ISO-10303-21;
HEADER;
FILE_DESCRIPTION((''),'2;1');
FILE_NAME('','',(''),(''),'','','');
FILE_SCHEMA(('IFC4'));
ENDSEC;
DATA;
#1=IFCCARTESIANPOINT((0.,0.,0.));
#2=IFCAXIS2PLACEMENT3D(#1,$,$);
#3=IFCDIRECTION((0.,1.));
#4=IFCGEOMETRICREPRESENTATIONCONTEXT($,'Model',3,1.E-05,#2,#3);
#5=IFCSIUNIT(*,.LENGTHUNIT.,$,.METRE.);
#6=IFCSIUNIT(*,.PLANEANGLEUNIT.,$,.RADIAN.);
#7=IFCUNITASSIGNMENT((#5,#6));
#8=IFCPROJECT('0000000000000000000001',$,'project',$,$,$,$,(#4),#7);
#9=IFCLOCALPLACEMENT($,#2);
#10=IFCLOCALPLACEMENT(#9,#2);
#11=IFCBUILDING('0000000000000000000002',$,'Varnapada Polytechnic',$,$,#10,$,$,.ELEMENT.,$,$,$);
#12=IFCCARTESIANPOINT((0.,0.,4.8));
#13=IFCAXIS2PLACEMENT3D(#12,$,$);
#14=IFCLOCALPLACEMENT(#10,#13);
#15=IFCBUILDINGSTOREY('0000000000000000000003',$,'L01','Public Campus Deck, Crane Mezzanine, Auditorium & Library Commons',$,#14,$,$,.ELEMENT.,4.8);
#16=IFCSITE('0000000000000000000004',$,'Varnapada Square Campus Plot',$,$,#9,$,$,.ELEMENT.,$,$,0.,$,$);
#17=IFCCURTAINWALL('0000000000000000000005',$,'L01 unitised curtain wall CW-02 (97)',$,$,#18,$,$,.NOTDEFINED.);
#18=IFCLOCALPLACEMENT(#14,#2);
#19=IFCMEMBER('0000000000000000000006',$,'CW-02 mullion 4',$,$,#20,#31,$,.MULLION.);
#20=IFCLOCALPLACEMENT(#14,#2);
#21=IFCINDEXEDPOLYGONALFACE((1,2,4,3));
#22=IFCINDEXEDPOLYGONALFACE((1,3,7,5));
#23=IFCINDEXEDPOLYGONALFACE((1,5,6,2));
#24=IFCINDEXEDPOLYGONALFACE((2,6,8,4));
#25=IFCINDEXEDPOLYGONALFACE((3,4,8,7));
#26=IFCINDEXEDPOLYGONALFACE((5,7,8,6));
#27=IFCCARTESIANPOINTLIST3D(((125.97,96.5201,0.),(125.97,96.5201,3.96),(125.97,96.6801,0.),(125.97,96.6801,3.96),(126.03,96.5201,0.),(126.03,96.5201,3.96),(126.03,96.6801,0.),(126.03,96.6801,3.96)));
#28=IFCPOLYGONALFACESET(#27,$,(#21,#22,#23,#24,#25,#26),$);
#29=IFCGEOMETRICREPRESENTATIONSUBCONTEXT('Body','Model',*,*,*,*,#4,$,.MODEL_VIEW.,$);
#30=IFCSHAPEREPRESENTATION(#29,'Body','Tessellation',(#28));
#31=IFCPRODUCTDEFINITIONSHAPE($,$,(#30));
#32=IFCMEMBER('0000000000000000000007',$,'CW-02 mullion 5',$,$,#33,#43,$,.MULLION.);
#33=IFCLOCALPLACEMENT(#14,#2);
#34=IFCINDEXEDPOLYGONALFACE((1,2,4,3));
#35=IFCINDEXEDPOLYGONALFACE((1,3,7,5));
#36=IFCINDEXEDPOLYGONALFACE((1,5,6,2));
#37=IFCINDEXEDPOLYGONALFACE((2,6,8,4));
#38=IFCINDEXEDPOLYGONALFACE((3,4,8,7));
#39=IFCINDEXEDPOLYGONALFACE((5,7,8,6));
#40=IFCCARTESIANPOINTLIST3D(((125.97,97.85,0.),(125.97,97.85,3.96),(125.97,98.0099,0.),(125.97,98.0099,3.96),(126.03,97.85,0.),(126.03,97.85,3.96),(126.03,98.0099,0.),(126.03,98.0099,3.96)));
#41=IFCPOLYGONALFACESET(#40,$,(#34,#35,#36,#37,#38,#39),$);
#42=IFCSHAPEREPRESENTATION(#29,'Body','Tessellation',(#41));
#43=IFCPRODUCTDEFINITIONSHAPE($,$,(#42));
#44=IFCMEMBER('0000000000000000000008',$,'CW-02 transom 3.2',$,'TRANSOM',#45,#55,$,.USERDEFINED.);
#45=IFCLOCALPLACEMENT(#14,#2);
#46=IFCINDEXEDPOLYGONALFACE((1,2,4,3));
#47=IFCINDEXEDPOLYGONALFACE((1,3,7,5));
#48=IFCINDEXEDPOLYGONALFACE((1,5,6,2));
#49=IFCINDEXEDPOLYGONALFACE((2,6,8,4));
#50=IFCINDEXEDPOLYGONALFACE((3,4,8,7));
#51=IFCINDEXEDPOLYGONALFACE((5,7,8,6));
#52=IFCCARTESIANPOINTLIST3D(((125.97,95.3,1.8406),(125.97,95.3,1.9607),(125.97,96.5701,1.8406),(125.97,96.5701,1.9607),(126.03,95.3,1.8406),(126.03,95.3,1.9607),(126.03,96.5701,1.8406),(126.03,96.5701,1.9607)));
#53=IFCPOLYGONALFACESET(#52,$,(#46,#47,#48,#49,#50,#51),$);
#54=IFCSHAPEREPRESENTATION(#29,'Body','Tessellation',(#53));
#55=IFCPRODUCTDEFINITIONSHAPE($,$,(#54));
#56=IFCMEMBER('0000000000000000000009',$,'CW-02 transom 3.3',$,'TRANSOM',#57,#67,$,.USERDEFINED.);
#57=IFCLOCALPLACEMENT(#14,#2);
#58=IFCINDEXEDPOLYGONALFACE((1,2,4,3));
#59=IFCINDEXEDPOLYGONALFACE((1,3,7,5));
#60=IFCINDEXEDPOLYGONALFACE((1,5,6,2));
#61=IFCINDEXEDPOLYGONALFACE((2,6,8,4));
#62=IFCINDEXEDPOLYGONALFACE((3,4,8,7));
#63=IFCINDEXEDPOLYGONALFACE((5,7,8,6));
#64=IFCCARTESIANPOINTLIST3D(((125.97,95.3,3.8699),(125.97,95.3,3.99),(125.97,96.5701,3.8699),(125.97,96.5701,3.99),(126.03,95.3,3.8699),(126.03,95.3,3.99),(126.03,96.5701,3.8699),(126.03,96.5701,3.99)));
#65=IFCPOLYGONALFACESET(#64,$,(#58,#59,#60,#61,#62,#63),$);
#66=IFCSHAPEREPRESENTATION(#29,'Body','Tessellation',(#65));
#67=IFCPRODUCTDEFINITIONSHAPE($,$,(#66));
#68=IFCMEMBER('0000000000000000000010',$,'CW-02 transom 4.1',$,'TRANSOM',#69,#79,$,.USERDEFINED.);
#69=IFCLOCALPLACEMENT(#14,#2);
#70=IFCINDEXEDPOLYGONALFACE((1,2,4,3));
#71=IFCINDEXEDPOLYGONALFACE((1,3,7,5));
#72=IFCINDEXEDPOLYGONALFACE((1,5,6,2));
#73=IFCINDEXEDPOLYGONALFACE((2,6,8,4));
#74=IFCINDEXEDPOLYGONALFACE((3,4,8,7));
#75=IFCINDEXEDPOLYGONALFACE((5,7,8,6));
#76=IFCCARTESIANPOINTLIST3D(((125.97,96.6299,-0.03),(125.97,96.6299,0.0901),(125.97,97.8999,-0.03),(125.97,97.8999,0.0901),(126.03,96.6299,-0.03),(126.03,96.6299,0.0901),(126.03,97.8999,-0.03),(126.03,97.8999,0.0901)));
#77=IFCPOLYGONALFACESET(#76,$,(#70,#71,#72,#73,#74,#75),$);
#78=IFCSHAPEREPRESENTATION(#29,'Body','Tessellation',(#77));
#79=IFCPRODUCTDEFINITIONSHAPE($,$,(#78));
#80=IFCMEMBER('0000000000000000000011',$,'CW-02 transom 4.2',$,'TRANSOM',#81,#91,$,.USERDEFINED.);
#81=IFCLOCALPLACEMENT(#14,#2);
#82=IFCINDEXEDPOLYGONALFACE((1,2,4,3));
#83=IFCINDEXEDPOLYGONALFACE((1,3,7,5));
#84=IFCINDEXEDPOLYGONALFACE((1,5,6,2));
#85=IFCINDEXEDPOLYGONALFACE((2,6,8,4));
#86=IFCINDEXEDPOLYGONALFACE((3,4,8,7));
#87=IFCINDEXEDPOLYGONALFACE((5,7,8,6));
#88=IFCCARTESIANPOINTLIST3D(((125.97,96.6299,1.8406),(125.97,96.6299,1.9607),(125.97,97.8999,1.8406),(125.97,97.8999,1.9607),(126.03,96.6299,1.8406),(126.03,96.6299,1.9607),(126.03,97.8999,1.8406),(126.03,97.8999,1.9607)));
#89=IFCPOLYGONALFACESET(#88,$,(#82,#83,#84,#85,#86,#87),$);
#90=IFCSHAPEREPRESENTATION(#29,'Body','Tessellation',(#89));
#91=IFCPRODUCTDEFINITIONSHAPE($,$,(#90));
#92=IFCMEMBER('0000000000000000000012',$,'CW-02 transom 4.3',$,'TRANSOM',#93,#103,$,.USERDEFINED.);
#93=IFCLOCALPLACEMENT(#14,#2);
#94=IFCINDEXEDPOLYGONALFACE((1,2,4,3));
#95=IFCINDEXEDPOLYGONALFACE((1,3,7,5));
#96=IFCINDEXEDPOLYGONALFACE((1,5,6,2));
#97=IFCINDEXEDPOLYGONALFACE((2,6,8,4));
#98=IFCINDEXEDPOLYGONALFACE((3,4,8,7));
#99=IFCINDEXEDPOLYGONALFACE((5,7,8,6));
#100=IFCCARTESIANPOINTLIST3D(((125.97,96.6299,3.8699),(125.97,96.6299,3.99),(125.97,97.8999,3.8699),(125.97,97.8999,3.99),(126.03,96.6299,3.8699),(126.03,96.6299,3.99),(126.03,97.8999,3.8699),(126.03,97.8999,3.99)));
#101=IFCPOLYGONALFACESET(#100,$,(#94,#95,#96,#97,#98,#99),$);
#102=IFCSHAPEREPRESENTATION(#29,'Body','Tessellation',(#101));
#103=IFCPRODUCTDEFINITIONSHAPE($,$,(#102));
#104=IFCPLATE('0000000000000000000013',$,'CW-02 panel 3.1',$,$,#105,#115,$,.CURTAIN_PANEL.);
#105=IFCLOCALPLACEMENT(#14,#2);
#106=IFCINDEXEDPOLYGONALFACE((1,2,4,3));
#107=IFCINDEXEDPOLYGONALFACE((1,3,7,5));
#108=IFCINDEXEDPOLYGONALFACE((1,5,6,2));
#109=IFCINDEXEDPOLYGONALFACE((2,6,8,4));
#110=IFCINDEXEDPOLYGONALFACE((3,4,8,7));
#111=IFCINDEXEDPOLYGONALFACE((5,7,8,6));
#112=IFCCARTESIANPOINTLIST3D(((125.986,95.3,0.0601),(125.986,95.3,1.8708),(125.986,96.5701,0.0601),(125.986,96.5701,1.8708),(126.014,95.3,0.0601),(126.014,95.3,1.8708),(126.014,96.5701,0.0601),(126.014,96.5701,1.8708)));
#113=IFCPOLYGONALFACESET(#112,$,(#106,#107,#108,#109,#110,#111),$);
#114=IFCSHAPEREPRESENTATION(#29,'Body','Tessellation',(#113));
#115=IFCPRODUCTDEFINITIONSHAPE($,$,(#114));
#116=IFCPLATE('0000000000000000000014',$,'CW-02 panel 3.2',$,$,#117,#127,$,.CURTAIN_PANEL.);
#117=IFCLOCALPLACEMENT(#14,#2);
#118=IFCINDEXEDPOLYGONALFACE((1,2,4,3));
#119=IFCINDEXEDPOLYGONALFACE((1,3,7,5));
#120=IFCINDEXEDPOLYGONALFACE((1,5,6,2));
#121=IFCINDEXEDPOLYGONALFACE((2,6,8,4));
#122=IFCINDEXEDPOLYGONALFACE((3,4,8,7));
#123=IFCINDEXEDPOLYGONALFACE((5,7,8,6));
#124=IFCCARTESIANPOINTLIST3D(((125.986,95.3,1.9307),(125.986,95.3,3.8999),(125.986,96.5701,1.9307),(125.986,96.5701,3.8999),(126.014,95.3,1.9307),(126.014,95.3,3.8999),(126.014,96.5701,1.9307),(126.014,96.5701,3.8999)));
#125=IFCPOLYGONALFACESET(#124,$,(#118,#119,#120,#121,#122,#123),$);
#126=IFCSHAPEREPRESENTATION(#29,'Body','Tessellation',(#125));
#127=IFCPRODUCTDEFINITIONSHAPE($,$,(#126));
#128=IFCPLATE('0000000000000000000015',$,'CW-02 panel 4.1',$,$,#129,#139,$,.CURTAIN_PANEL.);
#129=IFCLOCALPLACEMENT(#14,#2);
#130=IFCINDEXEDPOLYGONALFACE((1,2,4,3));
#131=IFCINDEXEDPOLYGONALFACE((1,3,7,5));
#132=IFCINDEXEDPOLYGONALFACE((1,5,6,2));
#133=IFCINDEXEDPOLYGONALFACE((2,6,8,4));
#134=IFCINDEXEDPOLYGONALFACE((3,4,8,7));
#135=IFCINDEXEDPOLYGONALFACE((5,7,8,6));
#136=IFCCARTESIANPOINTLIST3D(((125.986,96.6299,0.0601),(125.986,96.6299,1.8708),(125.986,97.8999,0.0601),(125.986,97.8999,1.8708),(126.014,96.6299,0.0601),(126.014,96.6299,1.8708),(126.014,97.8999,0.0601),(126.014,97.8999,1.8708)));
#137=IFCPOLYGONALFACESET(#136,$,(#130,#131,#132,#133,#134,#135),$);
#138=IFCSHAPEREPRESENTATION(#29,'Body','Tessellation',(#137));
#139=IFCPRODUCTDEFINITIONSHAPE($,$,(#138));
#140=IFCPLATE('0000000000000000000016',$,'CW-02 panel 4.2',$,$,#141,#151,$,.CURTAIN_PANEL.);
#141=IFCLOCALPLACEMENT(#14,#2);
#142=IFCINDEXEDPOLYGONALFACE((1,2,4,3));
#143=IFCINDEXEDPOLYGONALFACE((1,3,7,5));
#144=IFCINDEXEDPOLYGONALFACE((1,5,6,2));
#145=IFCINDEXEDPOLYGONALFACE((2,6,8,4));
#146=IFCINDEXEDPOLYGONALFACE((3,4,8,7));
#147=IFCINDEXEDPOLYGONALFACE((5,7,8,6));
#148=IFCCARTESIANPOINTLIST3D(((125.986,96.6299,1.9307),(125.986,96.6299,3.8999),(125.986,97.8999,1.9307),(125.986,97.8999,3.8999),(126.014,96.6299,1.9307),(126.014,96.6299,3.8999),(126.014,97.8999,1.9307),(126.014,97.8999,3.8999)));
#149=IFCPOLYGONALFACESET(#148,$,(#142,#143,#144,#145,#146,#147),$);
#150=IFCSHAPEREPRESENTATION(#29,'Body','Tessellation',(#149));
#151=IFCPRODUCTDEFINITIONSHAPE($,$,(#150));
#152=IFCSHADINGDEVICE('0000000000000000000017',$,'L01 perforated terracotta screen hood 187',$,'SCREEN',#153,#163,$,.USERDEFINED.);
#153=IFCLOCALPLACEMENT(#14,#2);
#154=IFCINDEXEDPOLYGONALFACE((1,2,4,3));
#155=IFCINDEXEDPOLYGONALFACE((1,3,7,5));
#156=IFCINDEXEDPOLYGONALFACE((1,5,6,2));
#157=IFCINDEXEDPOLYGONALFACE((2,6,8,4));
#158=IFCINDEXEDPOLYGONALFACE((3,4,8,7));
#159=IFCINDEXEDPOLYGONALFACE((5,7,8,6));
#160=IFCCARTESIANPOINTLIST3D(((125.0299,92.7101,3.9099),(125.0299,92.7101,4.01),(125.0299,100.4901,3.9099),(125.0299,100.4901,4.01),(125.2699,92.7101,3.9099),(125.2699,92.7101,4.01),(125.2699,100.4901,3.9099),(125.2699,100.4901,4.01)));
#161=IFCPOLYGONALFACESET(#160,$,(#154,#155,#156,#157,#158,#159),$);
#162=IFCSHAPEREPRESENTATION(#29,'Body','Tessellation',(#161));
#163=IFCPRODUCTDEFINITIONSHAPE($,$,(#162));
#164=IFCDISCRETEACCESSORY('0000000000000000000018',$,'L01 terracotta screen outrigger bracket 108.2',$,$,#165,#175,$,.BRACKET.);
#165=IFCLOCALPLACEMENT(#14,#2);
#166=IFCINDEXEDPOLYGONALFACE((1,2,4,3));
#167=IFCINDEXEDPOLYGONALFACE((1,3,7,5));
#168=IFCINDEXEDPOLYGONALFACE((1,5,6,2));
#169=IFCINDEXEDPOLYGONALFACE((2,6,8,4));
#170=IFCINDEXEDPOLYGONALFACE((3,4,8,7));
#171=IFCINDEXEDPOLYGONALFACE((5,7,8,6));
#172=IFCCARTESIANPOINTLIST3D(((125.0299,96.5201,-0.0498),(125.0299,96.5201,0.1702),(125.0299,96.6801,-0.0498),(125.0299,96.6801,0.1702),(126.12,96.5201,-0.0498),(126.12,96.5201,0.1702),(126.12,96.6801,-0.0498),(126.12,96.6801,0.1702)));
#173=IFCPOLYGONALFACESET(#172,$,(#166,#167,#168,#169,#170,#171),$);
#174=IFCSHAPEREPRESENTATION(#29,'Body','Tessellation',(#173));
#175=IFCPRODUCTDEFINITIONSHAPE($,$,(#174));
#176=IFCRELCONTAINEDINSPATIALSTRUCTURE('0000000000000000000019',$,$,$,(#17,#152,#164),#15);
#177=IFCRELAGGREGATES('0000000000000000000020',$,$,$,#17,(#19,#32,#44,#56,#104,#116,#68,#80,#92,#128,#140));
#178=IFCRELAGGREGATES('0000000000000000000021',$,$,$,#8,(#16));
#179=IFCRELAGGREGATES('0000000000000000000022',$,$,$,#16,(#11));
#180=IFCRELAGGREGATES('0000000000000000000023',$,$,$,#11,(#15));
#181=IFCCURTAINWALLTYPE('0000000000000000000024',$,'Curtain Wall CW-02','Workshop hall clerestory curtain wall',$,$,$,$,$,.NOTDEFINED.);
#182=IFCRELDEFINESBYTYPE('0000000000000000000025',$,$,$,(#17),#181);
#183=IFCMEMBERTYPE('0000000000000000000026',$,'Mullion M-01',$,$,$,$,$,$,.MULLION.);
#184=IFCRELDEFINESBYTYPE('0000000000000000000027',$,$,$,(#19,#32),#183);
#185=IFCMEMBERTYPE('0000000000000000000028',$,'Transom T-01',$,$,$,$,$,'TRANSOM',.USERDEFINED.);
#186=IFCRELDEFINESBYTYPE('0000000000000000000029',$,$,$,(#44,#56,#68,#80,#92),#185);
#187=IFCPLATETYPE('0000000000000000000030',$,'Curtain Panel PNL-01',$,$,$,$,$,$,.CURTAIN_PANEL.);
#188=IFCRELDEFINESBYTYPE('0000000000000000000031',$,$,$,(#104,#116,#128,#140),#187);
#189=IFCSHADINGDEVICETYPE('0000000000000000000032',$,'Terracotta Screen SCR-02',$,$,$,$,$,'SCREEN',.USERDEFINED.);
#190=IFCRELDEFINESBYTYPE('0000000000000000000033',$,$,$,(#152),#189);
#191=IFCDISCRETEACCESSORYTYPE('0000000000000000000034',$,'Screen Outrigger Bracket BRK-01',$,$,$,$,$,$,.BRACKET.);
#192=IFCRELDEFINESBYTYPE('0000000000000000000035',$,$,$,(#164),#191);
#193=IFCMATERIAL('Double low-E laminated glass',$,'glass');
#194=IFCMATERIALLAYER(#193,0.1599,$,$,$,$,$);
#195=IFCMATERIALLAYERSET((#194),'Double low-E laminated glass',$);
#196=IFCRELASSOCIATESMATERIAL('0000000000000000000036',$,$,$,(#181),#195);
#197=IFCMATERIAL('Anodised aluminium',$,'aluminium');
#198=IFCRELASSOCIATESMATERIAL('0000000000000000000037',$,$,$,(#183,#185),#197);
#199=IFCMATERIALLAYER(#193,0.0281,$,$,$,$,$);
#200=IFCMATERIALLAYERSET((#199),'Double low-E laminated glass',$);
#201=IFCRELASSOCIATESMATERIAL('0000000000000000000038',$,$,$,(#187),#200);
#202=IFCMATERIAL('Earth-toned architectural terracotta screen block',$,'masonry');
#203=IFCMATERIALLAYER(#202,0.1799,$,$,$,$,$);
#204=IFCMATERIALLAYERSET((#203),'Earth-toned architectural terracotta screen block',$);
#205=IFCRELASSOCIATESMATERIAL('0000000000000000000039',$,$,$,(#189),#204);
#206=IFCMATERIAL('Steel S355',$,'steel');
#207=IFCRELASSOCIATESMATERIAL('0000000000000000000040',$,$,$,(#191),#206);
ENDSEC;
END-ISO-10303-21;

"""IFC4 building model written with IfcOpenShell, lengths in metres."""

from ifc_helpers import new_model, si_unit, direction, frame, origin, origin_2d, place, context, subcontext, project, spatial, rectangle, extrude, material, layer, layer_set, material_profile, profile_set, type_object, element, aggregate, save


model = new_model("IFC4")

# Units and contexts
model_context = context("Model", 3, precision=1e-05, world=origin(), true_north=direction((0.0, 1.0)))
body_context = subcontext(model_context, "Body", "Model", "MODEL_VIEW")
ifc_project = project(units=[si_unit("LENGTHUNIT", "METRE"), si_unit("PLANEANGLEUNIT", "RADIAN")], contexts=[model_context])

# Site, building, storey
site_placement = place(None, origin())
site = spatial("IfcSite", under=ifc_project, at=site_placement, Name="Varnapada Square Campus Plot", CompositionType="ELEMENT", RefElevation=0.0)
building_placement = place(site_placement, origin())
building = spatial("IfcBuilding", under=site, at=building_placement, Name="Varnapada Polytechnic", CompositionType="ELEMENT")
storey_placement = place(building_placement, frame((0.0, 0.0, 4.8)))
storey = spatial("IfcBuildingStorey", under=building, at=storey_placement, Name="L01", Description="Public Campus Deck, Crane Mezzanine, Auditorium & Library Commons", CompositionType="ELEMENT", Elevation=4.8)

# Curtain wall, members, plates
ifc_material_1 = material(Name="Double low-E laminated glass", Category="glass")
ifc_layer_1 = layer(ifc_material_1, 0.1599)
ifc_layer_set_1 = layer_set([ifc_layer_1], Name="Double low-E laminated glass")
curtain_wall_type = type_object("IfcCurtainWallType", Name="Curtain Wall CW-02", Description="Workshop hall clerestory curtain wall", PredefinedType="NOTDEFINED", material=ifc_layer_set_1)
curtain_wall_placement = place(storey_placement, origin())
curtain_wall = element("IfcCurtainWall", 1, at=curtain_wall_placement, inside=storey, type_object=curtain_wall_type, Name="L01 unitised curtain wall CW-02 (97)", PredefinedType="NOTDEFINED")
ifc_material_2 = material(Name="Anodised aluminium", Category="aluminium")
ifc_material_profile_1 = material_profile(ifc_material_2, rectangle(XDim=0.0601, YDim=0.1599, at=origin_2d()), Name="ALU M60x160")
ifc_profile_set_1 = profile_set([ifc_material_profile_1], Name="Anodised aluminium")
member_type_1 = type_object("IfcMemberType", Name="Mullion M-01", PredefinedType="MULLION", material=ifc_profile_set_1)
member_1_placement = place(storey_placement, frame((126.0, 96.6001, 0.0), z_axis=(0.0, 0.0, 1.0), x_axis=(-1.0, 0.0, 0.0)))
member_1 = element("IfcMember", 2, at=member_1_placement, type_object=member_type_1, Name="CW-02 mullion 4", PredefinedType="MULLION", context=body_context, shape_type="SweptSolid", body=[
    extrude(rectangle(XDim=0.0601, YDim=0.1599, at=origin_2d()), origin(), (0.0, 0.0, 1.0), 3.96),
])
member_2_placement = place(storey_placement, frame((126.0, 97.9299, 0.0), z_axis=(0.0, 0.0, 1.0), x_axis=(-1.0, 0.0, 0.0)))
member_2 = element("IfcMember", 3, at=member_2_placement, type_object=member_type_1, Name="CW-02 mullion 5", PredefinedType="MULLION", context=body_context, shape_type="SweptSolid", body=[
    extrude(rectangle(XDim=0.0601, YDim=0.1599, at=origin_2d()), origin(), (0.0, 0.0, 1.0), 3.96),
])
ifc_material_profile_2 = material_profile(ifc_material_2, rectangle(XDim=0.0601, YDim=0.1201, at=origin_2d()), Name="ALU T60x120")
ifc_profile_set_2 = profile_set([ifc_material_profile_2], Name="Anodised aluminium")
member_type_2 = type_object("IfcMemberType", Name="Transom T-01", ElementType="TRANSOM", PredefinedType="USERDEFINED", material=ifc_profile_set_2)
member_3_placement = place(storey_placement, frame((126.0, 95.3, 1.9006), z_axis=(0.0, 1.0, 0.0), x_axis=(-1.0, 0.0, 0.0)))
member_3 = element("IfcMember", 4, at=member_3_placement, type_object=member_type_2, Name="CW-02 transom 3.2", ObjectType="TRANSOM", PredefinedType="USERDEFINED", context=body_context, shape_type="SweptSolid", body=[
    extrude(rectangle(XDim=0.0601, YDim=0.1201, at=origin_2d()), origin(), (0.0, 0.0, 1.0), 1.27),
])
member_4_placement = place(storey_placement, frame((126.0, 95.3, 3.9299), z_axis=(0.0, 1.0, 0.0), x_axis=(-1.0, 0.0, 0.0)))
member_4 = element("IfcMember", 5, at=member_4_placement, type_object=member_type_2, Name="CW-02 transom 3.3", ObjectType="TRANSOM", PredefinedType="USERDEFINED", context=body_context, shape_type="SweptSolid", body=[
    extrude(rectangle(XDim=0.0601, YDim=0.1201, at=origin_2d()), origin(), (0.0, 0.0, 1.0), 1.27),
])
member_5_placement = place(storey_placement, frame((126.0, 96.6299, 0.03), z_axis=(0.0, 1.0, 0.0), x_axis=(-1.0, 0.0, 0.0)))
member_5 = element("IfcMember", 6, at=member_5_placement, type_object=member_type_2, Name="CW-02 transom 4.1", ObjectType="TRANSOM", PredefinedType="USERDEFINED", context=body_context, shape_type="SweptSolid", body=[
    extrude(rectangle(XDim=0.0601, YDim=0.1201, at=origin_2d()), origin(), (0.0, 0.0, 1.0), 1.27),
])
member_6_placement = place(storey_placement, frame((126.0, 96.6299, 1.9006), z_axis=(0.0, 1.0, 0.0), x_axis=(-1.0, 0.0, 0.0)))
member_6 = element("IfcMember", 7, at=member_6_placement, type_object=member_type_2, Name="CW-02 transom 4.2", ObjectType="TRANSOM", PredefinedType="USERDEFINED", context=body_context, shape_type="SweptSolid", body=[
    extrude(rectangle(XDim=0.0601, YDim=0.1201, at=origin_2d()), origin(), (0.0, 0.0, 1.0), 1.27),
])
member_7_placement = place(storey_placement, frame((126.0, 96.6299, 3.9299), z_axis=(0.0, 1.0, 0.0), x_axis=(-1.0, 0.0, 0.0)))
member_7 = element("IfcMember", 8, at=member_7_placement, type_object=member_type_2, Name="CW-02 transom 4.3", ObjectType="TRANSOM", PredefinedType="USERDEFINED", context=body_context, shape_type="SweptSolid", body=[
    extrude(rectangle(XDim=0.0601, YDim=0.1201, at=origin_2d()), origin(), (0.0, 0.0, 1.0), 1.27),
])
ifc_layer_2 = layer(ifc_material_1, 0.0281)
ifc_layer_set_2 = layer_set([ifc_layer_2], Name="Double low-E laminated glass")
plate_type = type_object("IfcPlateType", Name="Curtain Panel PNL-01", PredefinedType="CURTAIN_PANEL", material=ifc_layer_set_2)
plate_1_placement = place(storey_placement, frame((126.0, 95.9351, 0.0601), z_axis=(0.0, 0.0, 1.0), x_axis=(0.0, 1.0, 0.0)))
plate_1 = element("IfcPlate", 9, at=plate_1_placement, type_object=plate_type, Name="CW-02 panel 3.1", PredefinedType="CURTAIN_PANEL", context=body_context, shape_type="SweptSolid", body=[
    extrude(rectangle(XDim=1.27, YDim=0.0281, at=origin_2d()), origin(), (0.0, 0.0, 1.0), 1.8108),
])
plate_2_placement = place(storey_placement, frame((126.0, 95.9351, 1.9307), z_axis=(0.0, 0.0, 1.0), x_axis=(0.0, 1.0, 0.0)))
plate_2 = element("IfcPlate", 10, at=plate_2_placement, type_object=plate_type, Name="CW-02 panel 3.2", PredefinedType="CURTAIN_PANEL", context=body_context, shape_type="SweptSolid", body=[
    extrude(rectangle(XDim=1.27, YDim=0.0281, at=origin_2d()), origin(), (0.0, 0.0, 1.0), 1.9692),
])
plate_3_placement = place(storey_placement, frame((126.0, 97.2649, 0.0601), z_axis=(0.0, 0.0, 1.0), x_axis=(0.0, 1.0, 0.0)))
plate_3 = element("IfcPlate", 11, at=plate_3_placement, type_object=plate_type, Name="CW-02 panel 4.1", PredefinedType="CURTAIN_PANEL", context=body_context, shape_type="SweptSolid", body=[
    extrude(rectangle(XDim=1.27, YDim=0.0281, at=origin_2d()), origin(), (0.0, 0.0, 1.0), 1.8108),
])
plate_4_placement = place(storey_placement, frame((126.0, 97.2649, 1.9307), z_axis=(0.0, 0.0, 1.0), x_axis=(0.0, 1.0, 0.0)))
plate_4 = element("IfcPlate", 12, at=plate_4_placement, type_object=plate_type, Name="CW-02 panel 4.2", PredefinedType="CURTAIN_PANEL", context=body_context, shape_type="SweptSolid", body=[
    extrude(rectangle(XDim=1.27, YDim=0.0281, at=origin_2d()), origin(), (0.0, 0.0, 1.0), 1.9692),
])
aggregate(curtain_wall, [member_1, member_2, member_3, member_4, plate_1, plate_2, member_5, member_6, member_7, plate_3, plate_4])

# Shading device
ifc_material_3 = material(Name="Earth-toned architectural terracotta screen block", Category="masonry")
ifc_layer_3 = layer(ifc_material_3, 0.1799)
ifc_layer_set_3 = layer_set([ifc_layer_3], Name="Earth-toned architectural terracotta screen block")
shading_device_type = type_object("IfcShadingDeviceType", Name="Terracotta Screen SCR-02", ElementType="SCREEN", PredefinedType="USERDEFINED", material=ifc_layer_set_3)
shading_device_placement = place(storey_placement, frame((125.1499, 96.6001, 3.9099), z_axis=(0.0, 0.0, 1.0), x_axis=(0.0, 1.0, 0.0)))
element("IfcShadingDevice", 13, at=shading_device_placement, inside=storey, type_object=shading_device_type, Name="L01 perforated terracotta screen hood 187", ObjectType="SCREEN", PredefinedType="USERDEFINED", context=body_context, shape_type="SweptSolid", body=[
    extrude(rectangle(XDim=7.78, YDim=0.24, at=origin_2d()), origin(), (0.0, 0.0, 1.0), 0.1001),
])

# Discrete accessory
ifc_material_4 = material(Name="Steel S355", Category="steel")
discrete_accessory_type = type_object("IfcDiscreteAccessoryType", Name="Screen Outrigger Bracket BRK-01", PredefinedType="BRACKET", material=ifc_material_4)
discrete_accessory_placement = place(storey_placement, frame((125.575, 96.6001, -0.0498), z_axis=(0.0, 0.0, 1.0), x_axis=(0.0, 1.0, 0.0)))
element("IfcDiscreteAccessory", 14, at=discrete_accessory_placement, inside=storey, type_object=discrete_accessory_type, Name="L01 terracotta screen outrigger bracket 108.2", PredefinedType="BRACKET", context=body_context, shape_type="SweptSolid", body=[
    extrude(rectangle(XDim=0.1599, YDim=1.0901, at=origin_2d()), origin(), (0.0, 0.0, 1.0), 0.22),
])

save(model, "model.ifc")
